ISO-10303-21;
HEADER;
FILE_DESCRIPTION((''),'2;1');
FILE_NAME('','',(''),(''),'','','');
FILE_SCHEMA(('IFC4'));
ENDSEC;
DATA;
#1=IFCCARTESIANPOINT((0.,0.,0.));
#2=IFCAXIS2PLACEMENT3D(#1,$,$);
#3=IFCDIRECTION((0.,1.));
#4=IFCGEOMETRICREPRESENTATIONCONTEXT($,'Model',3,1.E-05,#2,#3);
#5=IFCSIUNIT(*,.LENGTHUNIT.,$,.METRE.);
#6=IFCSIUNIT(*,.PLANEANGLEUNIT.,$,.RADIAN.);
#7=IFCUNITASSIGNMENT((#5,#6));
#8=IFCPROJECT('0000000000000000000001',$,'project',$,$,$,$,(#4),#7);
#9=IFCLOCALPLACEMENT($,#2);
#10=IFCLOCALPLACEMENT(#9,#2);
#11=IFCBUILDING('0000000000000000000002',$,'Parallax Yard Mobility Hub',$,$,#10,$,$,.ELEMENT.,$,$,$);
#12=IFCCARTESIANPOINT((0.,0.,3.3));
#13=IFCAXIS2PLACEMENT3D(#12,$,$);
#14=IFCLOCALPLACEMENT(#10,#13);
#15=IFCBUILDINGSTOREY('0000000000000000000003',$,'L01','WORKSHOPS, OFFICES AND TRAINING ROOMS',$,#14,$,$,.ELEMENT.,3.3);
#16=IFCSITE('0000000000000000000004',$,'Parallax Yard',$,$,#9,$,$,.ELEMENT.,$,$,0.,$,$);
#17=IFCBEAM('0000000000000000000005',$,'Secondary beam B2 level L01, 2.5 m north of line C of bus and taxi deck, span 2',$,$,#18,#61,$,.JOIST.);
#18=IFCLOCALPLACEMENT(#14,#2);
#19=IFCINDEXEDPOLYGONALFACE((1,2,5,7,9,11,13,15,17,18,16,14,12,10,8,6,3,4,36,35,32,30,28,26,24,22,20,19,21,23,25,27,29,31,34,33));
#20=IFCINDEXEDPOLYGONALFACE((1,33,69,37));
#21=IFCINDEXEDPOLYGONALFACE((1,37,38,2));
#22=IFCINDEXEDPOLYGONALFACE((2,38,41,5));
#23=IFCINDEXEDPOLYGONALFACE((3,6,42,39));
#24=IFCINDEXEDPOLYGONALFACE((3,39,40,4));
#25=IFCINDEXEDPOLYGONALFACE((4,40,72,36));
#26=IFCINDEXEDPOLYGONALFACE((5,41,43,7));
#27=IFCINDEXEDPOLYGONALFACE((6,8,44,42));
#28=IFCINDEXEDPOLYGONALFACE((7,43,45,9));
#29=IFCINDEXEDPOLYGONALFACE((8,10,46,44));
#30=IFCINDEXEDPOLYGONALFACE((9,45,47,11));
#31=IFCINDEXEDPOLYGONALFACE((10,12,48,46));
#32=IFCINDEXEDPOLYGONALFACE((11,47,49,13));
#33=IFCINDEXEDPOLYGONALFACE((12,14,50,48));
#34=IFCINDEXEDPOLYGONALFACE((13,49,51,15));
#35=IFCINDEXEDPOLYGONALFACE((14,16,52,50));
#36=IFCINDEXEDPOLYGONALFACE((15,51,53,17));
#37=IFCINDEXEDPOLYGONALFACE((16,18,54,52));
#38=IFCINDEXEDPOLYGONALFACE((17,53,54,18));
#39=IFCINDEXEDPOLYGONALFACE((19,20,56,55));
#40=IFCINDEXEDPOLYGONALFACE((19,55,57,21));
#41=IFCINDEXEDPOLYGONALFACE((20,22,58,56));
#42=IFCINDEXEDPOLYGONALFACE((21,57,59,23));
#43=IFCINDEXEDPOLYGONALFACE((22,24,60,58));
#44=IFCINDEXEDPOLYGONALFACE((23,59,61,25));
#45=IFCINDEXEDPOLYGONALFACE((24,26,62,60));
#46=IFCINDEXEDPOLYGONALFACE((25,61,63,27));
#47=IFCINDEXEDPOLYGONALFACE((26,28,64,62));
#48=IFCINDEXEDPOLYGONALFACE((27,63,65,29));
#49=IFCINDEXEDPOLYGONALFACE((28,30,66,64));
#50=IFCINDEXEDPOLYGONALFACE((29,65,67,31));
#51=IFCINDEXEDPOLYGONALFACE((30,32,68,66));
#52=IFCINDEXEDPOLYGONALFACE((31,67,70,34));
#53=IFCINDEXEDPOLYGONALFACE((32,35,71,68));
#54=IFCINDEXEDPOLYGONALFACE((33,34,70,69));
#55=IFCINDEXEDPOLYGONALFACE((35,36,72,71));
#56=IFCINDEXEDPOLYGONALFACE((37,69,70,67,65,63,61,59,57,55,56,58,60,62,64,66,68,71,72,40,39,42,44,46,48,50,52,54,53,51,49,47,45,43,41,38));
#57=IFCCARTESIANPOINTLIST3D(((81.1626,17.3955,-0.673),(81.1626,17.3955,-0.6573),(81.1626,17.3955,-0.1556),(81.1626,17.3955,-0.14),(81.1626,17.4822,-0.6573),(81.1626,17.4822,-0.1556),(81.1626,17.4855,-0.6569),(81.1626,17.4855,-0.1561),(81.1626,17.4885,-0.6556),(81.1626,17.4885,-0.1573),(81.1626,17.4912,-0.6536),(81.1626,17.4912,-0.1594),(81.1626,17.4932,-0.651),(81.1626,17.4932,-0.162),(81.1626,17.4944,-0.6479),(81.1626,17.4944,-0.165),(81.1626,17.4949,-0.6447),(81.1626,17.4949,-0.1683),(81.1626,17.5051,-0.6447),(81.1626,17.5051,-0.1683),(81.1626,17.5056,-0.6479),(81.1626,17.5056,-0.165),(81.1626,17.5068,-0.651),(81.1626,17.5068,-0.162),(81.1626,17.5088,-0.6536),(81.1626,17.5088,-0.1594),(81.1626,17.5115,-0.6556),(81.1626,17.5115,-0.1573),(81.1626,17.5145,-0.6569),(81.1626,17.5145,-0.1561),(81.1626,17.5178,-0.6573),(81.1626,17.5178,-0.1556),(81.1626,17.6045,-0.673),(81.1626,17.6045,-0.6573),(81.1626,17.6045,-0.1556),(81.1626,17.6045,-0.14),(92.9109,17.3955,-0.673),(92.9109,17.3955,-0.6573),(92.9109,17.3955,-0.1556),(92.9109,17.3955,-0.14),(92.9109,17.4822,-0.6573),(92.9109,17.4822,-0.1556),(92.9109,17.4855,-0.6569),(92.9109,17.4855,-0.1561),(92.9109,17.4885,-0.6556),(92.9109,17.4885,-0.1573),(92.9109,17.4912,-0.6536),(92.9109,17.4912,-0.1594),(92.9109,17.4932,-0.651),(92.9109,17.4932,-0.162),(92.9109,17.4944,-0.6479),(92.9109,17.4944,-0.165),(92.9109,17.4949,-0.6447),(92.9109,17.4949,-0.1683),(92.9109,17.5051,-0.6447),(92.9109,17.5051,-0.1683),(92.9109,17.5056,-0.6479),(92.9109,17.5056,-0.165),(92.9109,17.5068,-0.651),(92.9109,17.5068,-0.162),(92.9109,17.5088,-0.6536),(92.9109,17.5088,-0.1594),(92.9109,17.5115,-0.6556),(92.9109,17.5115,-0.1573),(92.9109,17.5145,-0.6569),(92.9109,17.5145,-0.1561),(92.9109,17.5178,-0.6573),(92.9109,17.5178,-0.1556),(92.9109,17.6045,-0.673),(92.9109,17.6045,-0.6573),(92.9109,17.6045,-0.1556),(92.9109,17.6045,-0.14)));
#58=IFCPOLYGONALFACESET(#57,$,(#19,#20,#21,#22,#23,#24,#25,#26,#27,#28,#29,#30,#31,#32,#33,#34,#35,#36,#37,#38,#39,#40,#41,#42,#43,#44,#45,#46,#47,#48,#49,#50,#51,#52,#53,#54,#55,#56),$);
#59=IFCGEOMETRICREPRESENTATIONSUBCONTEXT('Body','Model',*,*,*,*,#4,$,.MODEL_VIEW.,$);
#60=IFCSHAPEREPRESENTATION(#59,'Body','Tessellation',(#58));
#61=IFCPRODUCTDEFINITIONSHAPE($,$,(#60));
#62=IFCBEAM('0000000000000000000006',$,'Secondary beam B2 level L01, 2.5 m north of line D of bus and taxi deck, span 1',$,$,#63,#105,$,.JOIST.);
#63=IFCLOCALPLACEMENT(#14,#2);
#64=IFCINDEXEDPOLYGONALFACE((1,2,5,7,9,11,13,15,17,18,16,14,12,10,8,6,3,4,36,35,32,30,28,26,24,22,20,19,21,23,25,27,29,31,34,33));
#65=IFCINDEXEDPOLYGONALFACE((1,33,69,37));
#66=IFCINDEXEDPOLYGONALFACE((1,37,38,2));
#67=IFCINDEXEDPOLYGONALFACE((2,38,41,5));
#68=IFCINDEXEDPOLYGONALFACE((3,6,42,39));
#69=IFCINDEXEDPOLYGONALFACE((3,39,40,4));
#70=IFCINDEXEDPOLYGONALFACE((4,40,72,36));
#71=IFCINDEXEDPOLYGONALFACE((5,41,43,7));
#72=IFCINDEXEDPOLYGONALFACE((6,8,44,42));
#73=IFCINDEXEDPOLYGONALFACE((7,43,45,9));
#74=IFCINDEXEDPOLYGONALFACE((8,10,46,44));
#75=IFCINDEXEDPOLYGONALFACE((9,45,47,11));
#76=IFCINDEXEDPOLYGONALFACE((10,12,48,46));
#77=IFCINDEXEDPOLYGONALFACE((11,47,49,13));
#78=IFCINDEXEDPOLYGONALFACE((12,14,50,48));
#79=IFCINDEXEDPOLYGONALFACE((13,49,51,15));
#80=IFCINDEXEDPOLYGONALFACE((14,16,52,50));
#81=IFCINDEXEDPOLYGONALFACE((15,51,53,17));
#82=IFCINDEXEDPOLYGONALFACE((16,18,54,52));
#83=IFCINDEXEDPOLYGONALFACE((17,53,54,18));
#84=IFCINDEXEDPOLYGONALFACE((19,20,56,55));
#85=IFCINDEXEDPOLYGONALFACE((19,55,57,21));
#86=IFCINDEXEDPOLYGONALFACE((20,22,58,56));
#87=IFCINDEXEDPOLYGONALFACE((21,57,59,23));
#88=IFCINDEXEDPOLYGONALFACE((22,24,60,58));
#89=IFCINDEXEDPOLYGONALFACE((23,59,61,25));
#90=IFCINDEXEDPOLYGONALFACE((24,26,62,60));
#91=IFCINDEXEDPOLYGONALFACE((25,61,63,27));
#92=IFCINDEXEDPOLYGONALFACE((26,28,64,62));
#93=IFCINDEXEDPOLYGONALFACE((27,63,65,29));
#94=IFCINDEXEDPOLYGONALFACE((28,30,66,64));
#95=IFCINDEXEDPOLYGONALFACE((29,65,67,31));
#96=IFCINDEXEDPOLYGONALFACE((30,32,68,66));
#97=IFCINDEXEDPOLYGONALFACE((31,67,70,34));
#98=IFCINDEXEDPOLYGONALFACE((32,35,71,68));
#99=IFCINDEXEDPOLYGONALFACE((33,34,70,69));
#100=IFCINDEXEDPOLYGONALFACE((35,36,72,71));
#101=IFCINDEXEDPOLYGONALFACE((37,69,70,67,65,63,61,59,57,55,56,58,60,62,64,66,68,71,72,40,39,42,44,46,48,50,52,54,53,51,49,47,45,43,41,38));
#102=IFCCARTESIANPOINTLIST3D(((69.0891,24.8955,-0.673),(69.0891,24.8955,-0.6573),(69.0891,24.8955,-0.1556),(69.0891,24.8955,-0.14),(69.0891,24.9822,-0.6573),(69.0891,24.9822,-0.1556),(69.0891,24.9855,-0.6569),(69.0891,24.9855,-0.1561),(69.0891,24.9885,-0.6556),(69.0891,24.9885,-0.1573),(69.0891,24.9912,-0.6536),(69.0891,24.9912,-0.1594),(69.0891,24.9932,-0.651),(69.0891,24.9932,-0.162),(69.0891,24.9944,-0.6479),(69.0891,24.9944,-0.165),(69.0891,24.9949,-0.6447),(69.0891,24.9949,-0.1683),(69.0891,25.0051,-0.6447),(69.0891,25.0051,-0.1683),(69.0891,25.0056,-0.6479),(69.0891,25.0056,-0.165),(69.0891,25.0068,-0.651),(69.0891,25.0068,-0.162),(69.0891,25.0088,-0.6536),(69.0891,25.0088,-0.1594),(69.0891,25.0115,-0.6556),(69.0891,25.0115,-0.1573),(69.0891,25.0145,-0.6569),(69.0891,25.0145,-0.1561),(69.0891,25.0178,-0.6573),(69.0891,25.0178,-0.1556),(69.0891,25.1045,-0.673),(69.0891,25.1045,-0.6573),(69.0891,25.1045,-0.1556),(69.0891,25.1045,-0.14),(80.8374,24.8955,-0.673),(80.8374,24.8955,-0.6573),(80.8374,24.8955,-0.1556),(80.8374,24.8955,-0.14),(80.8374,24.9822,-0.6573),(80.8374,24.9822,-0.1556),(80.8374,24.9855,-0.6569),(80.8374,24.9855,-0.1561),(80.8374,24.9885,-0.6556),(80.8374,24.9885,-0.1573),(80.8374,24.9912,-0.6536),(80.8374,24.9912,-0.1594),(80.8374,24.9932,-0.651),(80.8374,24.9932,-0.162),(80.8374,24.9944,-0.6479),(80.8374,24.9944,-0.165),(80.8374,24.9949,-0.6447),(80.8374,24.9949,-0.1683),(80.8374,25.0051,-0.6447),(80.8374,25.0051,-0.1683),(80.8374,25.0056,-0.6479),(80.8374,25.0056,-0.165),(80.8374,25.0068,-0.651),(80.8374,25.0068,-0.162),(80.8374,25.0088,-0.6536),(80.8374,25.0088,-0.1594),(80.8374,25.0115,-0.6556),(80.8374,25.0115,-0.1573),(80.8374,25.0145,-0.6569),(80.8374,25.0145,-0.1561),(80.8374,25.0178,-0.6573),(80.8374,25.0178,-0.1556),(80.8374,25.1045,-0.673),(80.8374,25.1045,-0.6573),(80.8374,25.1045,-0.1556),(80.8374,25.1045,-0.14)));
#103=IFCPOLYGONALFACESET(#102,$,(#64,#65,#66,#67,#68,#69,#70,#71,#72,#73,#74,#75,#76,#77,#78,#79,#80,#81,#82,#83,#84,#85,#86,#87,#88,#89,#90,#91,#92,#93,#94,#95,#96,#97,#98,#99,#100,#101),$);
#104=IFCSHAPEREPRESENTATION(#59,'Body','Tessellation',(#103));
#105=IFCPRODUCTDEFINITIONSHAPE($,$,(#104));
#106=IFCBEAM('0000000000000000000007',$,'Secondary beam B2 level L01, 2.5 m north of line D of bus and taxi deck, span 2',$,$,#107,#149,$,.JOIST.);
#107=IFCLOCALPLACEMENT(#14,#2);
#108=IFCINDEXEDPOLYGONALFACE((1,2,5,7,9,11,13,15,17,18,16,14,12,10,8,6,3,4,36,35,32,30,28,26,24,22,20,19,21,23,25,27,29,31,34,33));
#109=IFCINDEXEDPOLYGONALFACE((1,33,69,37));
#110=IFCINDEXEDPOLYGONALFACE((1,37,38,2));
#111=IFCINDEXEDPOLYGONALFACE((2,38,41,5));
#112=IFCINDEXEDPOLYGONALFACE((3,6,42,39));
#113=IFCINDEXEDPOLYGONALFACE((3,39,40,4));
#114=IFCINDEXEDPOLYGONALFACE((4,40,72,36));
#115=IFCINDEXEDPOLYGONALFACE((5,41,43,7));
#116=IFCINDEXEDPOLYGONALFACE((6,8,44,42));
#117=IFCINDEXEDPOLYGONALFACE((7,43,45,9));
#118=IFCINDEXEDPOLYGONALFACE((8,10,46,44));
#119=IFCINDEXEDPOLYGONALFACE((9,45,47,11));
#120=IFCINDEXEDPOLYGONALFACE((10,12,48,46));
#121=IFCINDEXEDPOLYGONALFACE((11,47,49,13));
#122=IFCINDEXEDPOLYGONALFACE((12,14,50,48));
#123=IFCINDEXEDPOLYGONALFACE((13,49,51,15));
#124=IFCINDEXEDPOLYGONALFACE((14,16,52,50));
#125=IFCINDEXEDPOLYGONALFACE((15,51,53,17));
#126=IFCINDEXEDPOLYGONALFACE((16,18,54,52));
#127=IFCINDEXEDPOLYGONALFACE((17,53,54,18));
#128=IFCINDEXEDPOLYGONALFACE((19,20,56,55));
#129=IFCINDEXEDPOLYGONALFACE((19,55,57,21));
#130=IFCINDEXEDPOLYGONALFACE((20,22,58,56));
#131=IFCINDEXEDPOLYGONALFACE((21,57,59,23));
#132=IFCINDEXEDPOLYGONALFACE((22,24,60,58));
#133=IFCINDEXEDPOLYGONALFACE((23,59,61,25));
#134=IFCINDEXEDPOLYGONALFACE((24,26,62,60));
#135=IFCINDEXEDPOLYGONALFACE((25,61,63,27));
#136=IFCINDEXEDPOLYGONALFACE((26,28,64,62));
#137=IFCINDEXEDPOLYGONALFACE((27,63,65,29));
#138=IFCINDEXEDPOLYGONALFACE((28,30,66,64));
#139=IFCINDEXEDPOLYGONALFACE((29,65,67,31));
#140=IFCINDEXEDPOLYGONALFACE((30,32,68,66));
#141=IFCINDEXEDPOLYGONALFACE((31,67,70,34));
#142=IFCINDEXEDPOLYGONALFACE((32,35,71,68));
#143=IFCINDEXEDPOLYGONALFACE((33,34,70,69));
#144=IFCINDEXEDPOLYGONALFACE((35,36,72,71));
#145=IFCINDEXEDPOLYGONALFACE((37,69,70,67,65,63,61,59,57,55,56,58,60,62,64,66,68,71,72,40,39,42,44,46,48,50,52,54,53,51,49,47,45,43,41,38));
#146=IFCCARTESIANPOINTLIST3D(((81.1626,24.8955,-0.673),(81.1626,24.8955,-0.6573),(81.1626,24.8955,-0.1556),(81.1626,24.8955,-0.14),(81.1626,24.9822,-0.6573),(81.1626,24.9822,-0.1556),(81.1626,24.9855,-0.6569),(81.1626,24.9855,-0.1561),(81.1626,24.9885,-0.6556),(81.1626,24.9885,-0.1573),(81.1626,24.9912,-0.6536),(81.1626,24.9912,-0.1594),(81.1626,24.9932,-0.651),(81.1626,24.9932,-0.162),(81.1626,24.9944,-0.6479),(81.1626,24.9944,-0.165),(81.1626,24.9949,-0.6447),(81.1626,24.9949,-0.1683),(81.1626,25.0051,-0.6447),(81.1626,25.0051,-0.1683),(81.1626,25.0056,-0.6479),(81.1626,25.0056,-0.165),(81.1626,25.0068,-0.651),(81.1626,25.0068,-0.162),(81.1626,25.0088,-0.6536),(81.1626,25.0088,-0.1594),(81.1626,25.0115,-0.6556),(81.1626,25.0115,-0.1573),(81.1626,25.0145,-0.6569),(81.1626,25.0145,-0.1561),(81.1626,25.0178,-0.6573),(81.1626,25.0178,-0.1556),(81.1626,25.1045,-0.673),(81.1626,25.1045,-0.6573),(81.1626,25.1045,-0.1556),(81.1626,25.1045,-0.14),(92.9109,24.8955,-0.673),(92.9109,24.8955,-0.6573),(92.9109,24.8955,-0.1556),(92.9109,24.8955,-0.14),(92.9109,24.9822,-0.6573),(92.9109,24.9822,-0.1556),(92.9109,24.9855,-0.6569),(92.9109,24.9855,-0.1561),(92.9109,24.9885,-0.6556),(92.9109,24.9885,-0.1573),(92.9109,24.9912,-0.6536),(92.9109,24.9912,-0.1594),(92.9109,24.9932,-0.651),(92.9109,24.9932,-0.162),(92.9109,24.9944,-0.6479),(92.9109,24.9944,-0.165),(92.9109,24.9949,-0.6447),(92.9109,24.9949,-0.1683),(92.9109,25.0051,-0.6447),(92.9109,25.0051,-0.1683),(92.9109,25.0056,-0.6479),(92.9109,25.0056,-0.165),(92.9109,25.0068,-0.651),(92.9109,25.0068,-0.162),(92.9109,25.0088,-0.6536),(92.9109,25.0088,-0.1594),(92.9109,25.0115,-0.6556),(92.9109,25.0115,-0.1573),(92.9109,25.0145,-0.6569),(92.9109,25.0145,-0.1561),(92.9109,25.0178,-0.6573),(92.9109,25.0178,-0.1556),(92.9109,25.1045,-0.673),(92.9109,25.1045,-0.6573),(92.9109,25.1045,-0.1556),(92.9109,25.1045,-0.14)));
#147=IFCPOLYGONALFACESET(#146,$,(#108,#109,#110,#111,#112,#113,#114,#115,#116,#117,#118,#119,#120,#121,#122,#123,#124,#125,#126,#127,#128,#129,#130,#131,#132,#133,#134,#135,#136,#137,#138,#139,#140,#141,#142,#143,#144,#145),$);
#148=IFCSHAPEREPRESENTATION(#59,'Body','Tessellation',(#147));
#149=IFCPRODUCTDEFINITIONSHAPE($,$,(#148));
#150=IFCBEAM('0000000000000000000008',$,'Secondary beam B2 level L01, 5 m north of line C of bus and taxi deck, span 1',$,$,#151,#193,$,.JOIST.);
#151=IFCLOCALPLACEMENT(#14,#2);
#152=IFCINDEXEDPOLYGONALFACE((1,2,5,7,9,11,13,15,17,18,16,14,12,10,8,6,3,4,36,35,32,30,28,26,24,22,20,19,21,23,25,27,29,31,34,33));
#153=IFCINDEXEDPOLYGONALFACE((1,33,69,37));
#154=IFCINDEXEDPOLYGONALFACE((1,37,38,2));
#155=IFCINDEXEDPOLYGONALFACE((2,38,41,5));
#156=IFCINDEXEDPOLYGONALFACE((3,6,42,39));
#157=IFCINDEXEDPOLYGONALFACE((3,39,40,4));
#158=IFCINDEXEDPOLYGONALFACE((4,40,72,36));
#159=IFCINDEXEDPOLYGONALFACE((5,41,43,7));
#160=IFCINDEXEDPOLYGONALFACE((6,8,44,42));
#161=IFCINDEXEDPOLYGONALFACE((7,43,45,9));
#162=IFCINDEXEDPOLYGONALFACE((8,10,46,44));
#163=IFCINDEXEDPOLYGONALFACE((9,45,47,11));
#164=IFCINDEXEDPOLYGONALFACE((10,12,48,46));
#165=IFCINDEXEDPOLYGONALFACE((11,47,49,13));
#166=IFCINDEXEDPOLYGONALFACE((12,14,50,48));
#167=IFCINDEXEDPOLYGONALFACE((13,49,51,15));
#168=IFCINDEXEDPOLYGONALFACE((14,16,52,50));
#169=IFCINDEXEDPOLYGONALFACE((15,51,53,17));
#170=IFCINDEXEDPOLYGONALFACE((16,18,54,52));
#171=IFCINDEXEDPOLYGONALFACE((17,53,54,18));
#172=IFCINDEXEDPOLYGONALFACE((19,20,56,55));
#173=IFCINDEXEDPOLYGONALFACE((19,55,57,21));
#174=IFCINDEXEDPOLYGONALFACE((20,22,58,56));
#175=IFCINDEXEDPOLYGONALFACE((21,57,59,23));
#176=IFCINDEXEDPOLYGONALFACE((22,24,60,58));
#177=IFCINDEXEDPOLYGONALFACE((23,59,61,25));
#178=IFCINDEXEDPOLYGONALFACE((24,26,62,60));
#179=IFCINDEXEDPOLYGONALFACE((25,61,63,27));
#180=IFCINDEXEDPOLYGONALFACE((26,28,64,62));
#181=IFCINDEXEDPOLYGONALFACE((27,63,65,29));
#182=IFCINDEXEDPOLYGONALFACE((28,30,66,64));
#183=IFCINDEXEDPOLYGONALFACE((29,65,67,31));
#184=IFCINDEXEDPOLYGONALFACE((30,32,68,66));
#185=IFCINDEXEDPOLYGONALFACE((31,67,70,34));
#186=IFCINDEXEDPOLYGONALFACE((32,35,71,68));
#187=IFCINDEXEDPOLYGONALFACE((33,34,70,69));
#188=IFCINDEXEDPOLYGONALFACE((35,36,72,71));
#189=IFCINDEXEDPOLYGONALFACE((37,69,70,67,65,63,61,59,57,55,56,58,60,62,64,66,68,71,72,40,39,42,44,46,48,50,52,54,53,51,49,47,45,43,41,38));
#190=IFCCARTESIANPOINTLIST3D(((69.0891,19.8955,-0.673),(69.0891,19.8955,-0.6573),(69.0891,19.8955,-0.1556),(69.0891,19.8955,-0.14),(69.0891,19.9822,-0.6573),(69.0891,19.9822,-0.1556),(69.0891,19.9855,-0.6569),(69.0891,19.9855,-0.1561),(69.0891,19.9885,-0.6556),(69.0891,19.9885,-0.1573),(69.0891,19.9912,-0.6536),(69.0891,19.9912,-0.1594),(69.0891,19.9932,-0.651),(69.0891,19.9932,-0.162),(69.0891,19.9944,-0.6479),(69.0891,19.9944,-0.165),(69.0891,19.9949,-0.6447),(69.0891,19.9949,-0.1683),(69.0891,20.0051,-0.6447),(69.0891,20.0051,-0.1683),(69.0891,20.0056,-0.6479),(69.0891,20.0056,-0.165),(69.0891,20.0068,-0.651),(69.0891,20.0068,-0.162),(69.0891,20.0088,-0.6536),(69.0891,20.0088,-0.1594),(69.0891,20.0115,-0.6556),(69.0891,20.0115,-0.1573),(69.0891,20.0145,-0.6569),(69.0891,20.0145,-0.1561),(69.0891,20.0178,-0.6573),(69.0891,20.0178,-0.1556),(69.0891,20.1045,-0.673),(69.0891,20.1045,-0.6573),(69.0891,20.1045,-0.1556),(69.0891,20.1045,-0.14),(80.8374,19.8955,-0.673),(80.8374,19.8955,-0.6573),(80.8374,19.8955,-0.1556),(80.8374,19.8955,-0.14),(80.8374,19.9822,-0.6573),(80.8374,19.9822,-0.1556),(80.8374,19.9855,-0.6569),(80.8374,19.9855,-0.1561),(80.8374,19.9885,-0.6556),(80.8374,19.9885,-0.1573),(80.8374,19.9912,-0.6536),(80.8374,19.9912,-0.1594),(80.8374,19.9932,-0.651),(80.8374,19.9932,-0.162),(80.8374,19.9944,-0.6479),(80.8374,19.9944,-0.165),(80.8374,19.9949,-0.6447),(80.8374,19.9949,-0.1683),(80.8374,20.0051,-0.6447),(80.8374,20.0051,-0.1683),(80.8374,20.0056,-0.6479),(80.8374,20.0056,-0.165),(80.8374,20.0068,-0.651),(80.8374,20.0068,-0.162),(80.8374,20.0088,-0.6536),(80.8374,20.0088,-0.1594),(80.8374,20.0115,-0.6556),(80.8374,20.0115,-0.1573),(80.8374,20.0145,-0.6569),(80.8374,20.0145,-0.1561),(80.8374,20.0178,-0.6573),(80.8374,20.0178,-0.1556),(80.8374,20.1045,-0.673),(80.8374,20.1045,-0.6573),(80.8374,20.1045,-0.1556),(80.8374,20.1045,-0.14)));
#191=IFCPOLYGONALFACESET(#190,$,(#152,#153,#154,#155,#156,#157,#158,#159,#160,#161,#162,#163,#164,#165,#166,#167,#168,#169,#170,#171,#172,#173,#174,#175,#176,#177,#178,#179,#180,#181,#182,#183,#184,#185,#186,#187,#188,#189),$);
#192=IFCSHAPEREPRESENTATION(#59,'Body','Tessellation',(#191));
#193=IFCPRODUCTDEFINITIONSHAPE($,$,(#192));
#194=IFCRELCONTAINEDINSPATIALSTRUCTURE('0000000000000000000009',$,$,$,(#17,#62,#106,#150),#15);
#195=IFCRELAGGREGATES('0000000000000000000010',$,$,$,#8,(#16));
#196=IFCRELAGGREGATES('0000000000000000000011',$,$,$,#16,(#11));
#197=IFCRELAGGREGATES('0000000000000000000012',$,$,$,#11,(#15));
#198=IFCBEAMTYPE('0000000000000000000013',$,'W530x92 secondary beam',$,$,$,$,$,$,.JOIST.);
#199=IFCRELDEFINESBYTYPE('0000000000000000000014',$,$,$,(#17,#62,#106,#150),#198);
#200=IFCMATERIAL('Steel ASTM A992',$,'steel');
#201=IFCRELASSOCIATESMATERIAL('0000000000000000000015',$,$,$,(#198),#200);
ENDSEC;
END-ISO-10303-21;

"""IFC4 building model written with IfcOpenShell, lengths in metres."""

from ifc_helpers import new_model, si_unit, direction, frame, origin, origin_2d, place, context, subcontext, project, spatial, i_section, extrude, material, material_profile, profile_set, type_object, element, save


model = new_model("IFC4")

# Units and contexts
model_context = context("Model", 3, precision=1e-05, world=origin(), true_north=direction((0.0, 1.0)))
body_context = subcontext(model_context, "Body", "Model", "MODEL_VIEW")
ifc_project = project(units=[si_unit("LENGTHUNIT", "METRE"), si_unit("PLANEANGLEUNIT", "RADIAN")], contexts=[model_context])

# Site, building, storey
site_placement = place(None, origin())
site = spatial("IfcSite", under=ifc_project, at=site_placement, Name="Parallax Yard", CompositionType="ELEMENT", RefElevation=0.0)
building_placement = place(site_placement, origin())
building = spatial("IfcBuilding", under=site, at=building_placement, Name="Parallax Yard Mobility Hub", CompositionType="ELEMENT")
storey_placement = place(building_placement, frame((0.0, 0.0, 3.3)))
storey = spatial("IfcBuildingStorey", under=building, at=storey_placement, Name="L01", Description="WORKSHOPS, OFFICES AND TRAINING ROOMS", CompositionType="ELEMENT", Elevation=3.3)

# Beams
ifc_material_1 = material(Name="Steel ASTM A992", Category="steel")
ifc_material_profile_1 = material_profile(ifc_material_1, i_section(OverallWidth=0.209, OverallDepth=0.533, WebThickness=0.0103, FlangeThickness=0.0156, FilletRadius=0.0127, at=origin_2d()), Name="W530x92")
ifc_profile_set_1 = profile_set([ifc_material_profile_1], Name="Steel ASTM A992")
beam_type_1 = type_object("IfcBeamType", Name="W530x92 secondary beam", PredefinedType="JOIST", material=ifc_profile_set_1)
for number, where, z_axis, x_axis, name in (
    (1, (81.1626, 17.5, -0.4065), (1.0, 0.0, 0.0), (0.0, 1.0, 0.0), "Secondary beam B2 level L01, 2.5 m north of line C of bus and taxi deck, span 2"),
    (2, (69.0891, 25.0, -0.4065), (1.0, 0.0, 0.0), (0.0, 1.0, 0.0), "Secondary beam B2 level L01, 2.5 m north of line D of bus and taxi deck, span 1"),
    (3, (81.1626, 25.0, -0.4065), (1.0, 0.0, 0.0), (0.0, 1.0, 0.0), "Secondary beam B2 level L01, 2.5 m north of line D of bus and taxi deck, span 2"),
    (4, (69.0891, 20.0, -0.4065), (1.0, 0.0, 0.0), (0.0, 1.0, 0.0), "Secondary beam B2 level L01, 5 m north of line C of bus and taxi deck, span 1"),
):
    element("IfcBeam", number, at=place(storey_placement, frame(where, z_axis=z_axis, x_axis=x_axis)), inside=storey, type_object=beam_type_1, Name=name, PredefinedType="JOIST", context=body_context, shape_type="SweptSolid", body=[
        extrude(i_section(OverallWidth=0.209, OverallDepth=0.533, WebThickness=0.0103, FlangeThickness=0.0156, FilletRadius=0.0127, at=origin_2d()), origin(), (0.0, 0.0, 1.0), 11.7483),
    ])

save(model, "model.ifc")
